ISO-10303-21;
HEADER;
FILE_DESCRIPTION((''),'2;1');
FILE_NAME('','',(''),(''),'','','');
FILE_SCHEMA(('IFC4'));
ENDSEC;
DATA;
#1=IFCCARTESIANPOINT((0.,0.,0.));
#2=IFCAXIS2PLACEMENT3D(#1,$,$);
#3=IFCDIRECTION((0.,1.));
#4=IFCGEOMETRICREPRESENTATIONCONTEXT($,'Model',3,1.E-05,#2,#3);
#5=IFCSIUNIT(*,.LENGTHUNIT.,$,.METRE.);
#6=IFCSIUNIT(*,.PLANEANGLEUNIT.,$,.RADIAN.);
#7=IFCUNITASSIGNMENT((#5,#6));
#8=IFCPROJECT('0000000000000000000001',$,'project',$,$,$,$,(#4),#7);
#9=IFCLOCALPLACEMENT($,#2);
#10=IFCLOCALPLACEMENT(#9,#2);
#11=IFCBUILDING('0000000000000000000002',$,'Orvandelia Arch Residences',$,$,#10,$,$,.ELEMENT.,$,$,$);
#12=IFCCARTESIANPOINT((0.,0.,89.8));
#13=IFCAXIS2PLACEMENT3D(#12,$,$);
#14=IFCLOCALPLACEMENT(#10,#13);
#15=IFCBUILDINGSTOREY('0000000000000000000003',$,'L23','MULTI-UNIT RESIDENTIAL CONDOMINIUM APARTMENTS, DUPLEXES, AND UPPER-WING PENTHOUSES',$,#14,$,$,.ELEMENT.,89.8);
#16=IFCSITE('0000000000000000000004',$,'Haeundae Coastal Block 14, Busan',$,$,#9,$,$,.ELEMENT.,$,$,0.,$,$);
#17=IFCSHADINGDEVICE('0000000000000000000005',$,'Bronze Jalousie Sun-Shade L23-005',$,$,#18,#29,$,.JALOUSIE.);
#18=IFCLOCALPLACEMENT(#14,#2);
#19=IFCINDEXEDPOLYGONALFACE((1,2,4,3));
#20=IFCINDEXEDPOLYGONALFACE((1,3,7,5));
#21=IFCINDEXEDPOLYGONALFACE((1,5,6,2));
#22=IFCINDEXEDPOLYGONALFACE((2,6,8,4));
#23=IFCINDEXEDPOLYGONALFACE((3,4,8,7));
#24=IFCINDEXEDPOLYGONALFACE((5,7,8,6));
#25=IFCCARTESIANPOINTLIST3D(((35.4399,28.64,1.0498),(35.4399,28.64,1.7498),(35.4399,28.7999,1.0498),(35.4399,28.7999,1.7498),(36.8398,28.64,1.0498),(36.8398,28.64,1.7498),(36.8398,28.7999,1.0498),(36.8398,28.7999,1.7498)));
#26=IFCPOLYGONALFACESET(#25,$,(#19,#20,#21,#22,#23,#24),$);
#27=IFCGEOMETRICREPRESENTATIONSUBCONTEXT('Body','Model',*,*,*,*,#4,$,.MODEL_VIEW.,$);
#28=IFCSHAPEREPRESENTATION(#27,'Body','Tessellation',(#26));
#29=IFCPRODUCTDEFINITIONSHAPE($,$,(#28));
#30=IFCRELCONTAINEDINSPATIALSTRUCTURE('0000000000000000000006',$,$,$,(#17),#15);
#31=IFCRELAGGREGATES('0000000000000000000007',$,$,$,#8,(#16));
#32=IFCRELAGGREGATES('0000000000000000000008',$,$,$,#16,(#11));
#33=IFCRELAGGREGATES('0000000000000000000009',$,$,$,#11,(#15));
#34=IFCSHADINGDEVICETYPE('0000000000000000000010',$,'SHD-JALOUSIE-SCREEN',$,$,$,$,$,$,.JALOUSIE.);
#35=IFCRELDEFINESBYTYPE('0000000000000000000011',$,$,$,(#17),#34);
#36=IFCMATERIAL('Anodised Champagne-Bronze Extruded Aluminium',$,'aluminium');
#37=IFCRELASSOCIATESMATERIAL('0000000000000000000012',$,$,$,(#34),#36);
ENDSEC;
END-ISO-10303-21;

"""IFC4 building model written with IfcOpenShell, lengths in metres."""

from ifc_helpers import new_model, si_unit, direction, frame, origin, origin_2d, place, context, subcontext, project, spatial, rectangle, extrude, material, type_object, element, save


model = new_model("IFC4")

# Units and contexts
model_context = context("Model", 3, precision=1e-05, world=origin(), true_north=direction((0.0, 1.0)))
body_context = subcontext(model_context, "Body", "Model", "MODEL_VIEW")
ifc_project = project(units=[si_unit("LENGTHUNIT", "METRE"), si_unit("PLANEANGLEUNIT", "RADIAN")], contexts=[model_context])

# Site, building, storey
site_placement = place(None, origin())
site = spatial("IfcSite", under=ifc_project, at=site_placement, Name="Haeundae Coastal Block 14, Busan", CompositionType="ELEMENT", RefElevation=0.0)
building_placement = place(site_placement, origin())
building = spatial("IfcBuilding", under=site, at=building_placement, Name="Orvandelia Arch Residences", CompositionType="ELEMENT")
storey_placement = place(building_placement, frame((0.0, 0.0, 89.8)))
storey = spatial("IfcBuildingStorey", under=building, at=storey_placement, Name="L23", Description="MULTI-UNIT RESIDENTIAL CONDOMINIUM APARTMENTS, DUPLEXES, AND UPPER-WING PENTHOUSES", CompositionType="ELEMENT", Elevation=89.8)

# Shading device
ifc_material_1 = material(Name="Anodised Champagne-Bronze Extruded Aluminium", Category="aluminium")
shading_device_type = type_object("IfcShadingDeviceType", Name="SHD-JALOUSIE-SCREEN", PredefinedType="JALOUSIE", material=ifc_material_1)
shading_device_1_placement = place(storey_placement, frame((36.1399, 28.72, 1.0498), z_axis=(0.0, 0.0, 1.0), x_axis=(-1.0, 0.0, 0.0)))
element("IfcShadingDevice", 1, at=shading_device_1_placement, inside=storey, type_object=shading_device_type, Name="Bronze Jalousie Sun-Shade L23-005", PredefinedType="JALOUSIE", context=body_context, shape_type="SweptSolid", body=[
    extrude(rectangle(XDim=1.3999, YDim=0.1599, at=origin_2d()), origin(), (0.0, 0.0, 1.0), 0.7),
])

save(model, "model.ifc")
